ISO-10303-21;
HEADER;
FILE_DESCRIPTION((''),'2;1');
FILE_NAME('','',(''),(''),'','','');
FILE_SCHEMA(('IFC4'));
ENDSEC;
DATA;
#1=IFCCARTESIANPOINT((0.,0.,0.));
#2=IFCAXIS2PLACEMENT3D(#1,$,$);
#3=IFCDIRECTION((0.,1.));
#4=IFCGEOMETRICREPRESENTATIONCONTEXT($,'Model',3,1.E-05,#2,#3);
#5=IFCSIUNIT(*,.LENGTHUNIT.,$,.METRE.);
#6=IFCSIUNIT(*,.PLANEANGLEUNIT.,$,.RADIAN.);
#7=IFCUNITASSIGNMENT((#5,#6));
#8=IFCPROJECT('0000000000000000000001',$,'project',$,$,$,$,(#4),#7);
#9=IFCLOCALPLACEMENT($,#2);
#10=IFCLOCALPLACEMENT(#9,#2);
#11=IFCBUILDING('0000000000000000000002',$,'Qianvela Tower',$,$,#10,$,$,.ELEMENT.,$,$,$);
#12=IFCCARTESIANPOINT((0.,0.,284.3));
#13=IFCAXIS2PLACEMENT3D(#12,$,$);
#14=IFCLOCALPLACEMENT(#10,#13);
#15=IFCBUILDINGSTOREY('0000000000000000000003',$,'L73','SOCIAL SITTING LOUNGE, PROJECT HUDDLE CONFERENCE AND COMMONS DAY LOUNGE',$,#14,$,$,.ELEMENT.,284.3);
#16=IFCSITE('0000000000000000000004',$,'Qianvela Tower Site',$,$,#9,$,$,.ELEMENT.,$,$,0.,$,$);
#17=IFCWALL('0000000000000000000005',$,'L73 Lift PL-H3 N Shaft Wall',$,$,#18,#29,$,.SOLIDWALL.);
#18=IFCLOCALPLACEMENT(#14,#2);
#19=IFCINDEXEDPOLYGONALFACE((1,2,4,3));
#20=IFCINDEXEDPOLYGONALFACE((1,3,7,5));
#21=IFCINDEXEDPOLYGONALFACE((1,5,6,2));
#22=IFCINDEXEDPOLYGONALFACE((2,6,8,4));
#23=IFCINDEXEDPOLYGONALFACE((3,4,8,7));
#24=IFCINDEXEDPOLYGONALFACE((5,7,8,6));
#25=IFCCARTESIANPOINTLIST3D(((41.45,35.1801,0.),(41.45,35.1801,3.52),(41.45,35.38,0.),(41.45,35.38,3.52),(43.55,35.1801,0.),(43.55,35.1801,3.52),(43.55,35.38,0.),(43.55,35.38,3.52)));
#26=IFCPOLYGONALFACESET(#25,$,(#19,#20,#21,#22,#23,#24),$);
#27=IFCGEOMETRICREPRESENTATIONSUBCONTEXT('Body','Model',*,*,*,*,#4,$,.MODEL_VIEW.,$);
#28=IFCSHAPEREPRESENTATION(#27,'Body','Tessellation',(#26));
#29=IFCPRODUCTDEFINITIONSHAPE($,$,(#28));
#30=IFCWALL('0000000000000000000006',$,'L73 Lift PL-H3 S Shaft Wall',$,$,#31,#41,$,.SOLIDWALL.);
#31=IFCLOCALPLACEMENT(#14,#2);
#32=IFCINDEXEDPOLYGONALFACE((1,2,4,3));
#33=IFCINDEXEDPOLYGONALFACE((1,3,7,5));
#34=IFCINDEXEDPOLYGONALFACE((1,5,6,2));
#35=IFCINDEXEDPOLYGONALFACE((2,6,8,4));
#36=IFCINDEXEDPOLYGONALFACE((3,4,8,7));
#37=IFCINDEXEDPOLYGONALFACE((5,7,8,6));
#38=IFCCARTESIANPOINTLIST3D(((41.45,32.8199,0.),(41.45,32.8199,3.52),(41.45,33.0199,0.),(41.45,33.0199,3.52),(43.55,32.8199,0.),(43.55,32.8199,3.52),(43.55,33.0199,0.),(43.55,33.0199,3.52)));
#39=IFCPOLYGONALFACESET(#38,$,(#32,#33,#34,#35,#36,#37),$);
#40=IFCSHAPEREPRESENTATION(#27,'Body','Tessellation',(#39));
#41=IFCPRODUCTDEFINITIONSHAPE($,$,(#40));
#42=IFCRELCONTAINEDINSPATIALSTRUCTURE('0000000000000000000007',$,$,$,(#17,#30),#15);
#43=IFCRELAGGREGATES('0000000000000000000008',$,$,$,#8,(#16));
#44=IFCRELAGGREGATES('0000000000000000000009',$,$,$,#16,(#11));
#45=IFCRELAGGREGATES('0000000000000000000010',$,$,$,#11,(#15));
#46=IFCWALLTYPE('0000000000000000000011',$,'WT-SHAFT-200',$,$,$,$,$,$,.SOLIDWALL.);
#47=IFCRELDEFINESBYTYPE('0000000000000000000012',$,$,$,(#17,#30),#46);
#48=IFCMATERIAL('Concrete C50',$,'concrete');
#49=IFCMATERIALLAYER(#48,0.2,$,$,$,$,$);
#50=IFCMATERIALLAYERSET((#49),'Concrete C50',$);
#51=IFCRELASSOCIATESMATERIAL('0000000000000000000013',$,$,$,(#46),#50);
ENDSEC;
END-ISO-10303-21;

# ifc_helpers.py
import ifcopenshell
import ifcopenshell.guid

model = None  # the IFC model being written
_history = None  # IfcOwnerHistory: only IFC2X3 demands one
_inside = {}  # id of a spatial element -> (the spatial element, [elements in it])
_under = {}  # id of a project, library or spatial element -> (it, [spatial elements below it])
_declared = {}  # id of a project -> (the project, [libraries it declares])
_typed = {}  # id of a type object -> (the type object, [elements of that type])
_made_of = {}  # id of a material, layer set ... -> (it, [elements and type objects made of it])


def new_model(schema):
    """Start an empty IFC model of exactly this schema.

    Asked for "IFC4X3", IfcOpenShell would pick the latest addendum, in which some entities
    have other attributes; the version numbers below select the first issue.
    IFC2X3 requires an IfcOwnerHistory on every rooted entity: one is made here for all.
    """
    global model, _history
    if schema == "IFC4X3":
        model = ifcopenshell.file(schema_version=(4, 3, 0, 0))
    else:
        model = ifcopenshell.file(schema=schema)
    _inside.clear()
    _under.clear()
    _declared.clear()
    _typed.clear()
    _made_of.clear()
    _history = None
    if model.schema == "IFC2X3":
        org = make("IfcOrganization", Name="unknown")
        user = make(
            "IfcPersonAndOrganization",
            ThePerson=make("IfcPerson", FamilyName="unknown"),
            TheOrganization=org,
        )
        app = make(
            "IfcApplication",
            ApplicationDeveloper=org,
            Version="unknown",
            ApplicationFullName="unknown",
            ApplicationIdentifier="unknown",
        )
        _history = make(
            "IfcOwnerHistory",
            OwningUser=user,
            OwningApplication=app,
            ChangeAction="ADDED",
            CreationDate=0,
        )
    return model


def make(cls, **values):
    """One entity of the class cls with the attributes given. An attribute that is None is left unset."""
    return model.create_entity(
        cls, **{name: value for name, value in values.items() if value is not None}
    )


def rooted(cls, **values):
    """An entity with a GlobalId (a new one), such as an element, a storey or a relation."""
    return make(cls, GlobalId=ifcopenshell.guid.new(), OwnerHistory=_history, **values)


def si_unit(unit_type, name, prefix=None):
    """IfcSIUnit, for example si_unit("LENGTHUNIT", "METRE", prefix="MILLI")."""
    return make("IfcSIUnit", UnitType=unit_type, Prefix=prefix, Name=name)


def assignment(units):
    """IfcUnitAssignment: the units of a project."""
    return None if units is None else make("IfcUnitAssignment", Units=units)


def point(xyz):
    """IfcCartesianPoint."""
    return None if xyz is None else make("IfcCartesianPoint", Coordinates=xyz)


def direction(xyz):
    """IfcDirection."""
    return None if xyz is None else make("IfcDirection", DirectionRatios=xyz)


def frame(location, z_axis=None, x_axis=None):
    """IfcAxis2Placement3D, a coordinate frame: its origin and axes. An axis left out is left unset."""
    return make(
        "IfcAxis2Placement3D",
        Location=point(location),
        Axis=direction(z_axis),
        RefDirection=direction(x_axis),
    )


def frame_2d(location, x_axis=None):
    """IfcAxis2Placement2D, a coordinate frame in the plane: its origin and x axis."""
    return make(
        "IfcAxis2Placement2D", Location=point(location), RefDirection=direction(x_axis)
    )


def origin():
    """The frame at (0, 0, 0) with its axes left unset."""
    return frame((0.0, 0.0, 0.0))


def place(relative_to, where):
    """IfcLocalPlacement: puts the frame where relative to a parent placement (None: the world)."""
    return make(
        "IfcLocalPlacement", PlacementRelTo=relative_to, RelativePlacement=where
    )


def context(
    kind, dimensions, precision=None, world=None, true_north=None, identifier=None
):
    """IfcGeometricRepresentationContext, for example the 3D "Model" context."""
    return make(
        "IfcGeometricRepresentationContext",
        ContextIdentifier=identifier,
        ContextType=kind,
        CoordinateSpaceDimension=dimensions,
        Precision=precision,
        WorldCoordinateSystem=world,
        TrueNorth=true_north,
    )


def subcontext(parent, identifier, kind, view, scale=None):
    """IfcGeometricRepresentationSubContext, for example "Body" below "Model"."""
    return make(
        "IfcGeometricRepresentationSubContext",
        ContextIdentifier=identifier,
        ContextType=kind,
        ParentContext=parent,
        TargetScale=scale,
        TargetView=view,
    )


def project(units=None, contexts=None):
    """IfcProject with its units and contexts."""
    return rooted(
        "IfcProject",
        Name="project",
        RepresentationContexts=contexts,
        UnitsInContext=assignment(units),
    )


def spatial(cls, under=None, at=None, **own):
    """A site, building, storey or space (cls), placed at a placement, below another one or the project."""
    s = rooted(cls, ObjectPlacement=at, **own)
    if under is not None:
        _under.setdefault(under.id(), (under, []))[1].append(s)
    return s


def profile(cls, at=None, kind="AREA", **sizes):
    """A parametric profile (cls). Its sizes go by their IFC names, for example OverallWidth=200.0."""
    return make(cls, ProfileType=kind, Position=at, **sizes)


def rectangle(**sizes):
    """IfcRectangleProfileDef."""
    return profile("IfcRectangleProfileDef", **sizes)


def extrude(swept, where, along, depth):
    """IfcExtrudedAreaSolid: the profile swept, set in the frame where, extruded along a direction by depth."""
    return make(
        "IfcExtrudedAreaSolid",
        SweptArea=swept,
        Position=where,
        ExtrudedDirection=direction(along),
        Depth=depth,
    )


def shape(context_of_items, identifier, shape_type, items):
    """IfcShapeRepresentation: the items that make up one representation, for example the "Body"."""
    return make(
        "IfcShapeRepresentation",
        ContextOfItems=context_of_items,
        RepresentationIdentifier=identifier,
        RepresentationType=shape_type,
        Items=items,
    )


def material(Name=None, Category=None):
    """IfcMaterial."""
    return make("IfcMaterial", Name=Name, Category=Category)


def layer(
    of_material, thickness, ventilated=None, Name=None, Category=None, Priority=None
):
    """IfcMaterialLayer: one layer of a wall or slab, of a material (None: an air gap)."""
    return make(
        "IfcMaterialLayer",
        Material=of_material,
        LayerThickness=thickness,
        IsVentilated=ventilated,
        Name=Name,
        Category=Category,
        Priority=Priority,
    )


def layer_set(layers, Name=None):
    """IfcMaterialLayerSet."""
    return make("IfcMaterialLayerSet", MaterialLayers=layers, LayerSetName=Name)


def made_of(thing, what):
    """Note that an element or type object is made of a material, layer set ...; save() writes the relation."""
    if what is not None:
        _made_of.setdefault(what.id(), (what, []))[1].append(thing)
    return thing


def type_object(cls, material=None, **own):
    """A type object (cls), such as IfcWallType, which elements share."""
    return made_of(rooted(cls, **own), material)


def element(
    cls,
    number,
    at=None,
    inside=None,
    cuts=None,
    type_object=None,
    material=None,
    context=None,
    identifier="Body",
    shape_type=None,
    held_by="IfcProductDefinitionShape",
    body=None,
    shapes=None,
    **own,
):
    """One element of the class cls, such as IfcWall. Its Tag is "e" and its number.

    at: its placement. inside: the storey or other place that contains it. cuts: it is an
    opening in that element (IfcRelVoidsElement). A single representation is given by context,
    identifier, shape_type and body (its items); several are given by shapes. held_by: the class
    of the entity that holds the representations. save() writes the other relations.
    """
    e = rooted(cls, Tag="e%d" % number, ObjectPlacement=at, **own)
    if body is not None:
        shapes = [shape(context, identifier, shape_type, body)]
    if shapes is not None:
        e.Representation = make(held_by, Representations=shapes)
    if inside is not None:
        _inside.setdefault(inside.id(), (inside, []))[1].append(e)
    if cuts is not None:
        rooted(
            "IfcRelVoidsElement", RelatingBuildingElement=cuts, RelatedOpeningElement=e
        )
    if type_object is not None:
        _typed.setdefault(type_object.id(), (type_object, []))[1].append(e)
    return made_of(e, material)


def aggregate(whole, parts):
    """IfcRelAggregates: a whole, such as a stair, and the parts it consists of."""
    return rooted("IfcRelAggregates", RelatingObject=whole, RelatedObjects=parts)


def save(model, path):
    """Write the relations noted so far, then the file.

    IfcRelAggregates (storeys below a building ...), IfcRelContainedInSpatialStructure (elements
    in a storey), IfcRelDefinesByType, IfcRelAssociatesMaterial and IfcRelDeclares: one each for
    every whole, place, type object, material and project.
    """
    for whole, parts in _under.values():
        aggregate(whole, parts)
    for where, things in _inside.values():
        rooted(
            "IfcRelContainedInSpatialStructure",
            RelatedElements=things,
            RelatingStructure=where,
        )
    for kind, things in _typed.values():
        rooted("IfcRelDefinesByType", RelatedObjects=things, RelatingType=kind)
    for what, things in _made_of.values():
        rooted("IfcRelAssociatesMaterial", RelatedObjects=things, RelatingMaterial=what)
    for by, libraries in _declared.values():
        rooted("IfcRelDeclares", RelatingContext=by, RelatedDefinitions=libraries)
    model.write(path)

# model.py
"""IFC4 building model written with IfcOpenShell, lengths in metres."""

from ifc_helpers import new_model, si_unit, direction, frame, frame_2d, origin, place, context, subcontext, project, spatial, rectangle, extrude, material, layer, layer_set, type_object, element, save


model = new_model("IFC4")

# Units and contexts
model_context = context("Model", 3, precision=1e-05, world=origin(), true_north=direction((0.0, 1.0)))
body_context = subcontext(model_context, "Body", "Model", "MODEL_VIEW")
ifc_project = project(units=[si_unit("LENGTHUNIT", "METRE"), si_unit("PLANEANGLEUNIT", "RADIAN")], contexts=[model_context])

# Site, building, storey
site_placement = place(None, origin())
site = spatial("IfcSite", under=ifc_project, at=site_placement, Name="Qianvela Tower Site", CompositionType="ELEMENT", RefElevation=0.0)
building_placement = place(site_placement, origin())
building = spatial("IfcBuilding", under=site, at=building_placement, Name="Qianvela Tower", CompositionType="ELEMENT")
storey_placement = place(building_placement, frame((0.0, 0.0, 284.3)))
storey = spatial("IfcBuildingStorey", under=building, at=storey_placement, Name="L73", Description="SOCIAL SITTING LOUNGE, PROJECT HUDDLE CONFERENCE AND COMMONS DAY LOUNGE", CompositionType="ELEMENT", Elevation=284.3)

# Shared definitions
ifc_material_1 = material(Name="Concrete C50", Category="concrete")
ifc_layer_1 = layer(ifc_material_1, 0.2)
ifc_layer_set_1 = layer_set([ifc_layer_1], Name="Concrete C50")
wall_type_1 = type_object("IfcWallType", Name="WT-SHAFT-200", PredefinedType="SOLIDWALL", material=ifc_layer_set_1)

# Walls
for number, where, z_axis, x_axis, name in (
    (1, (41.45, 35.28, 0.0), (0.0, 0.0, 1.0), (1.0, 0.0, 0.0), "L73 Lift PL-H3 N Shaft Wall"),
    (2, (41.45, 32.9199, 0.0), (0.0, 0.0, 1.0), (1.0, 0.0, 0.0), "L73 Lift PL-H3 S Shaft Wall"),
):
    element("IfcWall", number, at=place(storey_placement, frame(where, z_axis=z_axis, x_axis=x_axis)), inside=storey, type_object=wall_type_1, Name=name, PredefinedType="SOLIDWALL", context=body_context, shape_type="SweptSolid", body=[
        extrude(rectangle(XDim=2.1001, YDim=0.2, at=frame_2d((1.05, 0.0))), origin(), (0.0, 0.0, 1.0), 3.52),
    ])

save(model, "model.ifc")
